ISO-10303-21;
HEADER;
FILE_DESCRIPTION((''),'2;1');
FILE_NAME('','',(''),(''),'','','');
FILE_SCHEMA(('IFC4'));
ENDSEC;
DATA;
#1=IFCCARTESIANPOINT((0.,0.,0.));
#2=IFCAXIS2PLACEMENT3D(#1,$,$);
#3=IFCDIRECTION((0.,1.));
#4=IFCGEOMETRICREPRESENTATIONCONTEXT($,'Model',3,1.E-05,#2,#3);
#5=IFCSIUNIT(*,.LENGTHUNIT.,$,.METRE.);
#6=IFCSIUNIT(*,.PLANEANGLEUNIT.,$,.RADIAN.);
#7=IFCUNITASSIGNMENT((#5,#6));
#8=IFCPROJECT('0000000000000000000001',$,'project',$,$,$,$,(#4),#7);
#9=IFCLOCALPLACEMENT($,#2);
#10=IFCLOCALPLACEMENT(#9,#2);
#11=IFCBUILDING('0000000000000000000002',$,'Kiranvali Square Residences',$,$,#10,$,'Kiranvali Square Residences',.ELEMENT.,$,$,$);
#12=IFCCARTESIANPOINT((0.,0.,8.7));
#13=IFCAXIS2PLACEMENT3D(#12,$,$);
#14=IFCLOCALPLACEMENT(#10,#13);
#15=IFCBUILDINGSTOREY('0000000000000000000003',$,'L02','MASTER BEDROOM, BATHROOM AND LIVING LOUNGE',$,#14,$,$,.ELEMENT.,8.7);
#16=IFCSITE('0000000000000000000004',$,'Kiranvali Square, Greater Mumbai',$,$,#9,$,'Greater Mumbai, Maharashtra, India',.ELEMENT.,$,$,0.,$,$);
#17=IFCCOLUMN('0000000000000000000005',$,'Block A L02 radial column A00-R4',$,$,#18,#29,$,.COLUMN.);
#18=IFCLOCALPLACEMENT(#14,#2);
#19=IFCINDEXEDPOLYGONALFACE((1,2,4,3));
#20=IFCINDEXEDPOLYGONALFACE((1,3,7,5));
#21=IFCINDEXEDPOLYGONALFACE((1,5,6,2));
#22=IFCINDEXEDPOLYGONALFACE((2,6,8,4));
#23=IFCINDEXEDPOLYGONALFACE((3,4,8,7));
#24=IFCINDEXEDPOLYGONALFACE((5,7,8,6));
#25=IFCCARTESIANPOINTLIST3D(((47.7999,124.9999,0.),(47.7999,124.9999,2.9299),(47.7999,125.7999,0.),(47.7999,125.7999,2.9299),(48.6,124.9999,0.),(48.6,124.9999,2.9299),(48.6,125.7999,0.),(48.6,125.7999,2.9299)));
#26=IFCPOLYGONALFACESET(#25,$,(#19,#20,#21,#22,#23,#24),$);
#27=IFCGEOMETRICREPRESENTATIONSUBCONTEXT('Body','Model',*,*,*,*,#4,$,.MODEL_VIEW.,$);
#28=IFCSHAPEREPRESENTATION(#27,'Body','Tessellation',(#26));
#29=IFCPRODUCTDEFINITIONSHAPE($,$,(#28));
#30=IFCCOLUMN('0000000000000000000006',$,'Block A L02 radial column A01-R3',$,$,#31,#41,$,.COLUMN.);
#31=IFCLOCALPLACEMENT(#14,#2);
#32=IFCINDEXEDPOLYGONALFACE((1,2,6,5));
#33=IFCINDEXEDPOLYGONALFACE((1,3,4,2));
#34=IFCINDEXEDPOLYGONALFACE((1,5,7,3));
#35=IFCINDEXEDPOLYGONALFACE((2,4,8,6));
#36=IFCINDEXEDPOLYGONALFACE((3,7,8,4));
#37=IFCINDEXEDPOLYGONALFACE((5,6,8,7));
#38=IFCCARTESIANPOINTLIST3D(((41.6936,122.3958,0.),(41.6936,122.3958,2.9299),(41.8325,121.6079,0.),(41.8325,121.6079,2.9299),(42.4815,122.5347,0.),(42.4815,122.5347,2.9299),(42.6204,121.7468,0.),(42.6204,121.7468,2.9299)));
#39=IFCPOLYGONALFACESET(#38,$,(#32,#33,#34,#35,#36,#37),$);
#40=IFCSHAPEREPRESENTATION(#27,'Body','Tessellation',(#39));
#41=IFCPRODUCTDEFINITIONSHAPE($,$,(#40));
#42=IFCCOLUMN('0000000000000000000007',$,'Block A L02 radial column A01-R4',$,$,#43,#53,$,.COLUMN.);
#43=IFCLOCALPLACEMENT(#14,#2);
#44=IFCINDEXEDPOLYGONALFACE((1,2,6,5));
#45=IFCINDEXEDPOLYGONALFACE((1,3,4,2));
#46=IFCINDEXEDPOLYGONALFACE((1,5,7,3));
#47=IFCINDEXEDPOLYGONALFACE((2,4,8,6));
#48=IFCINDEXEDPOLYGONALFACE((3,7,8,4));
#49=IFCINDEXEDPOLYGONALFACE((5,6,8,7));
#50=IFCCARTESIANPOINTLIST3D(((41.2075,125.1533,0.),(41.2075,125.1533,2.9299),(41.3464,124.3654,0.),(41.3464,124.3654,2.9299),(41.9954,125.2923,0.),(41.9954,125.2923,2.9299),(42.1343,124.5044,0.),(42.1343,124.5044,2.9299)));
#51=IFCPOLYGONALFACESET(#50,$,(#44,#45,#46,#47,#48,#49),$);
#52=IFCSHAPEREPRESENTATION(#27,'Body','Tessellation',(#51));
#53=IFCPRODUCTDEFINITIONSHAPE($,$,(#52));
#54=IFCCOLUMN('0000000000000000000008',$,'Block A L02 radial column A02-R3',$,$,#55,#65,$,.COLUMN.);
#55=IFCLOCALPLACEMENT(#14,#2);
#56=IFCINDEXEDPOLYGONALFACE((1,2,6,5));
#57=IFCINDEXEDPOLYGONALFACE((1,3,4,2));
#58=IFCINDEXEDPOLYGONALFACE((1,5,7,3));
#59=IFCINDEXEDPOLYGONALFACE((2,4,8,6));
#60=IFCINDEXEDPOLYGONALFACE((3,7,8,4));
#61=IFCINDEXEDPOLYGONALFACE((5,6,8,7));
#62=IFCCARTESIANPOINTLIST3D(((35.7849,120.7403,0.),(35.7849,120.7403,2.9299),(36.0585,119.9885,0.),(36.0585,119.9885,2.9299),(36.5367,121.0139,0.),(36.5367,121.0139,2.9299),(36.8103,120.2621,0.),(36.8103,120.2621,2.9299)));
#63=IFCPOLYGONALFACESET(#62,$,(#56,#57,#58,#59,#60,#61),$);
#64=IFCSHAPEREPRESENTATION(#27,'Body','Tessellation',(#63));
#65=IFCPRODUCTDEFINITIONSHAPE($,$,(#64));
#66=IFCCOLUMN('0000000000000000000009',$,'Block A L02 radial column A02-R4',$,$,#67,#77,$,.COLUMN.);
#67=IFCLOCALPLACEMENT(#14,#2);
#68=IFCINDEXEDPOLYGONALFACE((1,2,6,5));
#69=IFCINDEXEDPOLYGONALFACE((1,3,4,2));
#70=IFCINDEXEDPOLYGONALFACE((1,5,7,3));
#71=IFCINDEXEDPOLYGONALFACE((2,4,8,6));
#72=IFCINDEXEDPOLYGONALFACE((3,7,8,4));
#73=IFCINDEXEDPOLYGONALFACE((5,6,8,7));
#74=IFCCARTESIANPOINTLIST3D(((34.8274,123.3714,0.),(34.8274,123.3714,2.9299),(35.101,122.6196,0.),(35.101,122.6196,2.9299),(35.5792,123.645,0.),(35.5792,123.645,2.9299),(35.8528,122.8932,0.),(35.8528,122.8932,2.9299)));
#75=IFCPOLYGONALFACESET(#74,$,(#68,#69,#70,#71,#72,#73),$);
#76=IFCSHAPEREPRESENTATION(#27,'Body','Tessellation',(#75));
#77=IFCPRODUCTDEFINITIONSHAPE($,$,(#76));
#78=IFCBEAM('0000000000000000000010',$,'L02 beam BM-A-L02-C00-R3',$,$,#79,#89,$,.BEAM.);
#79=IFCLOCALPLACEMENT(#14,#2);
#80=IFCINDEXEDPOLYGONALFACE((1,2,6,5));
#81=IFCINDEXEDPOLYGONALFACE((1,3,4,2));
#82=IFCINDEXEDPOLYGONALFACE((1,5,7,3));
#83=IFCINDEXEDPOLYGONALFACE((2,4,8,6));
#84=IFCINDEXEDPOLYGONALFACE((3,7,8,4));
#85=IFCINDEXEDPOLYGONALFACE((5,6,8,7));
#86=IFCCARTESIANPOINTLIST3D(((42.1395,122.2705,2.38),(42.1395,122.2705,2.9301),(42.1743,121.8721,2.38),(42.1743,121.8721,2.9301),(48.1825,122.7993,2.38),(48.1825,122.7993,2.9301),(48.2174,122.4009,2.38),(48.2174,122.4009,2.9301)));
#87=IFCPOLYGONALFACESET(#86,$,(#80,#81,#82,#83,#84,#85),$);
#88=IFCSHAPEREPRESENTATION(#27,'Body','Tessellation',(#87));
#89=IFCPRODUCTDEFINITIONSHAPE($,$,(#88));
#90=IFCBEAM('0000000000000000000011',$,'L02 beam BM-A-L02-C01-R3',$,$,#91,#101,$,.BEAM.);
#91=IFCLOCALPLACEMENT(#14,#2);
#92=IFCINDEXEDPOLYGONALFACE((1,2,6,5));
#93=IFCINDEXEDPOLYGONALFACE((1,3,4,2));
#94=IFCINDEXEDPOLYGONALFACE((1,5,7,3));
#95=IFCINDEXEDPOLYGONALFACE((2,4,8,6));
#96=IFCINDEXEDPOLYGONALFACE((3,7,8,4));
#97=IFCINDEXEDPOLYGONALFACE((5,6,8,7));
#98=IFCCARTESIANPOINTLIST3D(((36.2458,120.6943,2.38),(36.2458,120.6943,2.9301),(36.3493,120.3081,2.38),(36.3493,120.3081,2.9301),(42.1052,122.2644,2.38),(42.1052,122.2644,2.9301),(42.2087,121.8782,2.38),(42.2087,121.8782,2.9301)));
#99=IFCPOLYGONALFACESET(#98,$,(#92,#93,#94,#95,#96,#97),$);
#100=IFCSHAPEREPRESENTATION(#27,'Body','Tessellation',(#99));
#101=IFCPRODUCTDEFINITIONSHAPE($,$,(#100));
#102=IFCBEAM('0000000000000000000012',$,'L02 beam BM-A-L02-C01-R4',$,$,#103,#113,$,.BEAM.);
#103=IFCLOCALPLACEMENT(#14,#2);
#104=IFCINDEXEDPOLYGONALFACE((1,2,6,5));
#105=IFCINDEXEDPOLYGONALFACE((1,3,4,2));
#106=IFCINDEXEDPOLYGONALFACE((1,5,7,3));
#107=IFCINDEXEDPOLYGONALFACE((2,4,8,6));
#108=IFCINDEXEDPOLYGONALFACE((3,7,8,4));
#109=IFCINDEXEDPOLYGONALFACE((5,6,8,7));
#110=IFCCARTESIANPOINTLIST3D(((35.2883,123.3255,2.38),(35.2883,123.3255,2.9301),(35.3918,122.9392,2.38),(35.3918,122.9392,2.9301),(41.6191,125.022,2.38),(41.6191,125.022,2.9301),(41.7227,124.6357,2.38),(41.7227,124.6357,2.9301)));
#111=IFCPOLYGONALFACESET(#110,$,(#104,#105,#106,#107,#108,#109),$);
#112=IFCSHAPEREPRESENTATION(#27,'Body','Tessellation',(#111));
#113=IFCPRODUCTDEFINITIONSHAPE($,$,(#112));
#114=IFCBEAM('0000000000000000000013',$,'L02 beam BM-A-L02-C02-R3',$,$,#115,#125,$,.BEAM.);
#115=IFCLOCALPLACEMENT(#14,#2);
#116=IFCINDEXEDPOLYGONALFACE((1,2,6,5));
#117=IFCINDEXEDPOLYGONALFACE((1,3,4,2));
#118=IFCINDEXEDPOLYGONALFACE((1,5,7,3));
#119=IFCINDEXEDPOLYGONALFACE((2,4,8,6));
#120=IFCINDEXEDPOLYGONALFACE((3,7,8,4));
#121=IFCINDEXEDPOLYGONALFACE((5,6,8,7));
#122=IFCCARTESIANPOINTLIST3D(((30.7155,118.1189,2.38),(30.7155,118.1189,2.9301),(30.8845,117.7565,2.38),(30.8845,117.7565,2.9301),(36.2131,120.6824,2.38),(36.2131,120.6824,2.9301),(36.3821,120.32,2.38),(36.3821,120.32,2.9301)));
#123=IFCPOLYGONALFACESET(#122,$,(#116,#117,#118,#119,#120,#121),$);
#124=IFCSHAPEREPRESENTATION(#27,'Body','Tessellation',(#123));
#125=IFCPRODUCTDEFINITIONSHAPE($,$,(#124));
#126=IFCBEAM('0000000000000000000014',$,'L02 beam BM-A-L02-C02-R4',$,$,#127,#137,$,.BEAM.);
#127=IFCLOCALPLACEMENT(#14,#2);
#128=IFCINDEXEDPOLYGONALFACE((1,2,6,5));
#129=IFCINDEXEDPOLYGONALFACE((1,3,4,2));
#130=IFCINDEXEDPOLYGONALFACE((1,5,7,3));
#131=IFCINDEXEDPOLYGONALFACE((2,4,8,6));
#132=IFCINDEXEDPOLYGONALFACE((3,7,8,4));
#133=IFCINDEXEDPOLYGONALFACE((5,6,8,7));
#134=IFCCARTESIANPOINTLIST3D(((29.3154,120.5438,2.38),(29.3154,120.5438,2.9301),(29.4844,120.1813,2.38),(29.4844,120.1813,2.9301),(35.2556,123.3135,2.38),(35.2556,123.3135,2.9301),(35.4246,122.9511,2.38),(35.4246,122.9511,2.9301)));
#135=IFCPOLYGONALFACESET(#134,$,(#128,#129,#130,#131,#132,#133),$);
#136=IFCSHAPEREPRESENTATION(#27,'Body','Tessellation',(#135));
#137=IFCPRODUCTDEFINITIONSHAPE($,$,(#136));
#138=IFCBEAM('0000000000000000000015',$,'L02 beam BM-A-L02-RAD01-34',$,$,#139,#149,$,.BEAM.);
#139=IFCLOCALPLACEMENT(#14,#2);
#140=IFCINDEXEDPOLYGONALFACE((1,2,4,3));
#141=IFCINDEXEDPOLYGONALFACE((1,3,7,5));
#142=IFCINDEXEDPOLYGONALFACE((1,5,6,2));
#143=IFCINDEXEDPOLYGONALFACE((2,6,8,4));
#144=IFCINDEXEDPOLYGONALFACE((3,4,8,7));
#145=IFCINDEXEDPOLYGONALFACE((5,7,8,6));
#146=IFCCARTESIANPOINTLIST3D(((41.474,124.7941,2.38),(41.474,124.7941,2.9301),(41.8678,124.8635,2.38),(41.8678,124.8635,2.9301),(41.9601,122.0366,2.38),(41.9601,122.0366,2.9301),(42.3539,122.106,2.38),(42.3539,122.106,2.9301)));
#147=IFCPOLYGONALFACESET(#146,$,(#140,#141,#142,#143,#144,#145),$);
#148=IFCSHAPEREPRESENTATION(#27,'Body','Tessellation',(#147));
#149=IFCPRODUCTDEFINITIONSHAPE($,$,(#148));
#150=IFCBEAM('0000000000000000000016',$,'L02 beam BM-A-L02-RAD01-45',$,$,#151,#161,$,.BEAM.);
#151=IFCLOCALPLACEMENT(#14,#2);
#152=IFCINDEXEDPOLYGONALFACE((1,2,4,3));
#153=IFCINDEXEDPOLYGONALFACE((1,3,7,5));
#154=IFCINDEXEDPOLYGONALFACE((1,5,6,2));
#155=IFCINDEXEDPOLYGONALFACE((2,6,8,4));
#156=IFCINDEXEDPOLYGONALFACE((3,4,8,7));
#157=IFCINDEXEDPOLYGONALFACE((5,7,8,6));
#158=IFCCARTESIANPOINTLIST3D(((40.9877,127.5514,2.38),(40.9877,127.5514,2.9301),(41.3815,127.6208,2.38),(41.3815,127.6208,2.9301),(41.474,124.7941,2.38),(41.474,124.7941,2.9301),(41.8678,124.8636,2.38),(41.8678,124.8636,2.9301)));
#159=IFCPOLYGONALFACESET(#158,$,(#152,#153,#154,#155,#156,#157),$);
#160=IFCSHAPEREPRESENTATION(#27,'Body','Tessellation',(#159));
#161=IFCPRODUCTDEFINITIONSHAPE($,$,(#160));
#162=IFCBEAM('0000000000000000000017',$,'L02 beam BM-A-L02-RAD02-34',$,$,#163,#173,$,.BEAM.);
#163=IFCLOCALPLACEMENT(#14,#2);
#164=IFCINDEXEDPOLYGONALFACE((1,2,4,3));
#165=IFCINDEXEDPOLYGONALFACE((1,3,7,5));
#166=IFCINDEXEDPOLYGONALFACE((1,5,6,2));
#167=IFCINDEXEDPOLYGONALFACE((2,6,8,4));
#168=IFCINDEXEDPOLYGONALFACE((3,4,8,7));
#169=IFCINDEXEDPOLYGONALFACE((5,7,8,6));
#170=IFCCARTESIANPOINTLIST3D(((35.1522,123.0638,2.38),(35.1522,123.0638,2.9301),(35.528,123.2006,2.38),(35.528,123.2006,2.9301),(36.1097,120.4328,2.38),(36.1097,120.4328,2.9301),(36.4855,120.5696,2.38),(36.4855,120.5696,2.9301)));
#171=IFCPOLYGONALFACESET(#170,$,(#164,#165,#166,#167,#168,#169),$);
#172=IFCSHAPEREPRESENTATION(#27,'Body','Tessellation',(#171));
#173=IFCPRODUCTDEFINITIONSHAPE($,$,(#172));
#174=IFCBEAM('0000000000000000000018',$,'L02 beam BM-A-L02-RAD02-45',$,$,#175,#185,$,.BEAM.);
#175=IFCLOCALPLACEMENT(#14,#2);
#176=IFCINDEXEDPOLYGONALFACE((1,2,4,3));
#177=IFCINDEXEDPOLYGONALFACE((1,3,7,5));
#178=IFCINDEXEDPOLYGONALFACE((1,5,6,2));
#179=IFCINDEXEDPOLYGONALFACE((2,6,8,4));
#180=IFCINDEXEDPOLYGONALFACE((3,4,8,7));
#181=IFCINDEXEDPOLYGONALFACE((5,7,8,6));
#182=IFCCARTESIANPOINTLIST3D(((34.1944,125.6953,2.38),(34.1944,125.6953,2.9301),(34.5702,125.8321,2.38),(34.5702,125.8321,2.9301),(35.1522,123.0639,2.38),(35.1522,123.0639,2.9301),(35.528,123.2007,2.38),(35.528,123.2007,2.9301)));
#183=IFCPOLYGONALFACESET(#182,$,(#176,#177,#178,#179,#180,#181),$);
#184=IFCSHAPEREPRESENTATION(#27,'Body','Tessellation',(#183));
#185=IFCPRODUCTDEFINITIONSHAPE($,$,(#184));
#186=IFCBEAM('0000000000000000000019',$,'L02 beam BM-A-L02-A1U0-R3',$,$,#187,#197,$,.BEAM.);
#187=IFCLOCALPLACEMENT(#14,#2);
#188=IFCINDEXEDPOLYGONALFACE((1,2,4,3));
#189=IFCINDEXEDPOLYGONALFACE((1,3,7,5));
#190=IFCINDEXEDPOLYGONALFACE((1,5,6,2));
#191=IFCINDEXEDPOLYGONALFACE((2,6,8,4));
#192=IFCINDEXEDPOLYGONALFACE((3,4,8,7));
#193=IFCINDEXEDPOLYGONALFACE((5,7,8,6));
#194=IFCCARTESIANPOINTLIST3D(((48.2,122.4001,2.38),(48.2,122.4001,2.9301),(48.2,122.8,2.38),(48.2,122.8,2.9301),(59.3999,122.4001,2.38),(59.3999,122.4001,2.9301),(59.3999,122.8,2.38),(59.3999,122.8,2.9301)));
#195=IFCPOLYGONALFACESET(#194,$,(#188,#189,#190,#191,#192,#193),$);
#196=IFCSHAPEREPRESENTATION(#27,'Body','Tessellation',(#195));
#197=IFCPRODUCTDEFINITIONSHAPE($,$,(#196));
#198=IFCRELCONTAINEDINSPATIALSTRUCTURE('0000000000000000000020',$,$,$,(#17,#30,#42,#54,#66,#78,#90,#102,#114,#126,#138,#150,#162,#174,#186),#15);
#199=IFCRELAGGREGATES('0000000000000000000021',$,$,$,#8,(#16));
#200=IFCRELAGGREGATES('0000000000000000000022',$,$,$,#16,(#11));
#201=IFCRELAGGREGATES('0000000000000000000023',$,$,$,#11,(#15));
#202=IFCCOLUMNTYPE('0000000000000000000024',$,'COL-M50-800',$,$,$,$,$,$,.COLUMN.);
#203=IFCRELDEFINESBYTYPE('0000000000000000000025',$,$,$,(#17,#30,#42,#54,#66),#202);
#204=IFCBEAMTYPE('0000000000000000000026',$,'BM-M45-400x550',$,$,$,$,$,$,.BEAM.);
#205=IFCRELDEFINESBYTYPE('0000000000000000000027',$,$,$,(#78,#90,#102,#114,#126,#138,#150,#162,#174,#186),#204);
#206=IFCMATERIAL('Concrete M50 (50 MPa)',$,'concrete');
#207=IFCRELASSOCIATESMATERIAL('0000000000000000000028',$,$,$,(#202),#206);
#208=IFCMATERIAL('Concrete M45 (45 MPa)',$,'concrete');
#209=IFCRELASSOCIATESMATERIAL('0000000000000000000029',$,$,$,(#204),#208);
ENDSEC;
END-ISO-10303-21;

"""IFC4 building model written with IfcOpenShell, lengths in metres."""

from ifc_helpers import new_model, si_unit, direction, frame, origin, origin_2d, place, context, subcontext, project, spatial, rectangle, extrude, material, material_profile, profile_set, type_object, element, save


model = new_model("IFC4")

# Units and contexts
model_context = context("Model", 3, precision=1e-05, world=origin(), true_north=direction((0.0, 1.0)))
body_context = subcontext(model_context, "Body", "Model", "MODEL_VIEW")
ifc_project = project(units=[si_unit("LENGTHUNIT", "METRE"), si_unit("PLANEANGLEUNIT", "RADIAN")], contexts=[model_context])

# Site, building, storey
site_placement = place(None, origin())
site = spatial("IfcSite", under=ifc_project, at=site_placement, Name="Kiranvali Square, Greater Mumbai", LongName="Greater Mumbai, Maharashtra, India", CompositionType="ELEMENT", RefElevation=0.0)
building_placement = place(site_placement, origin())
building = spatial("IfcBuilding", under=site, at=building_placement, Name="Kiranvali Square Residences", LongName="Kiranvali Square Residences", CompositionType="ELEMENT")
storey_placement = place(building_placement, frame((0.0, 0.0, 8.7)))
storey = spatial("IfcBuildingStorey", under=building, at=storey_placement, Name="L02", Description="MASTER BEDROOM, BATHROOM AND LIVING LOUNGE", CompositionType="ELEMENT", Elevation=8.7)

# Columns
ifc_material_1 = material(Name="Concrete M50 (50 MPa)", Category="concrete")
ifc_material_profile_1 = material_profile(ifc_material_1, rectangle(XDim=0.8, YDim=0.8, at=origin_2d()), Name="RC 800x800")
ifc_profile_set_1 = profile_set([ifc_material_profile_1], Name="Concrete M50 (50 MPa)")
column_type = type_object("IfcColumnType", Name="COL-M50-800", PredefinedType="COLUMN", material=ifc_profile_set_1)
for number, where, z_axis, x_axis, name in (
    (1, (48.2, 125.3999, 0.0), (0.0, 0.0, 1.0), (1.0, 0.0, 0.0), "Block A L02 radial column A00-R4"),
    (2, (42.157, 122.0713, 0.0), (0.0, 0.0, 1.0), (0.984808, 0.173648, 0.0), "Block A L02 radial column A01-R3"),
    (3, (41.6709, 124.8289, 0.0), (0.0, 0.0, 1.0), (0.984808, 0.173648, 0.0), "Block A L02 radial column A01-R4"),
    (4, (36.2976, 120.5012, 0.0), (0.0, 0.0, 1.0), (0.939693, 0.34202, 0.0), "Block A L02 radial column A02-R3"),
    (5, (35.3401, 123.1323, 0.0), (0.0, 0.0, 1.0), (0.939693, 0.34202, 0.0), "Block A L02 radial column A02-R4"),
):
    element("IfcColumn", number, at=place(storey_placement, frame(where, z_axis=z_axis, x_axis=x_axis)), inside=storey, type_object=column_type, Name=name, PredefinedType="COLUMN", context=body_context, shape_type="SweptSolid", body=[
        extrude(rectangle(XDim=0.8, YDim=0.8, at=origin_2d()), origin(), (0.0, 0.0, 1.0), 2.9299),
    ])

# Beams
ifc_material_2 = material(Name="Concrete M45 (45 MPa)", Category="concrete")
ifc_material_profile_2 = material_profile(ifc_material_2, rectangle(XDim=0.3999, YDim=0.55, at=origin_2d()), Name="RC 400x550")
ifc_profile_set_2 = profile_set([ifc_material_profile_2], Name="Concrete M45 (45 MPa)")
beam_type = type_object("IfcBeamType", Name="BM-M45-400x550", PredefinedType="BEAM", material=ifc_profile_set_2)
for number, where, z_axis, x_axis, name in (
    (6, (48.2, 122.6001, 2.655), (-0.996193, -0.087175, 0.0), (0.087175, -0.996193, 0.0), "L02 beam BM-A-L02-C00-R3"),
    (7, (42.157, 122.0713, 2.655), (-0.965924, -0.258827, 0.0), (0.258827, -0.965924, 0.0), "L02 beam BM-A-L02-C01-R3"),
):
    element("IfcBeam", number, at=place(storey_placement, frame(where, z_axis=z_axis, x_axis=x_axis)), inside=storey, type_object=beam_type, Name=name, PredefinedType="BEAM", context=body_context, shape_type="SweptSolid", body=[
        extrude(rectangle(XDim=0.3999, YDim=0.55, at=origin_2d()), origin(), (0.0, 0.0, 1.0), 6.0662),
    ])
beam_1_placement = place(storey_placement, frame((41.6709, 124.8289, 2.655), z_axis=(-0.965918, -0.258847, 0.0), x_axis=(0.258847, -0.965918, 0.0)))
element("IfcBeam", 8, at=beam_1_placement, inside=storey, type_object=beam_type, Name="L02 beam BM-A-L02-C01-R4", PredefinedType="BEAM", context=body_context, shape_type="SweptSolid", body=[
    extrude(rectangle(XDim=0.3999, YDim=0.55, at=origin_2d()), origin(), (0.0, 0.0, 1.0), 6.5542),
])
beam_2_placement = place(storey_placement, frame((36.2976, 120.5012, 2.655), z_axis=(-0.906313, -0.422608, 0.0), x_axis=(0.422608, -0.906313, 0.0)))
element("IfcBeam", 9, at=beam_2_placement, inside=storey, type_object=beam_type, Name="L02 beam BM-A-L02-C02-R3", PredefinedType="BEAM", context=body_context, shape_type="SweptSolid", body=[
    extrude(rectangle(XDim=0.3999, YDim=0.55, at=origin_2d()), origin(), (0.0, 0.0, 1.0), 6.0659),
])
beam_3_placement = place(storey_placement, frame((35.3401, 123.1323, 2.655), z_axis=(-0.906318, -0.422596, 0.0), x_axis=(0.422596, -0.906318, 0.0)))
element("IfcBeam", 10, at=beam_3_placement, inside=storey, type_object=beam_type, Name="L02 beam BM-A-L02-C02-R4", PredefinedType="BEAM", context=body_context, shape_type="SweptSolid", body=[
    extrude(rectangle(XDim=0.3999, YDim=0.55, at=origin_2d()), origin(), (0.0, 0.0, 1.0), 6.5542),
])
beam_4_placement = place(storey_placement, frame((42.157, 122.0713, 2.655), z_axis=(-0.173596, 0.984817, 0.0), x_axis=(-0.984817, -0.173596, 0.0)))
element("IfcBeam", 11, at=beam_4_placement, inside=storey, type_object=beam_type, Name="L02 beam BM-A-L02-RAD01-34", PredefinedType="BEAM", context=body_context, shape_type="SweptSolid", body=[
    extrude(rectangle(XDim=0.3999, YDim=0.55, at=origin_2d()), origin(), (0.0, 0.0, 1.0), 2.8),
])
for number, where, z_axis, x_axis, name in (
    (12, (41.6709, 124.8289, 2.655), (-0.173696, 0.984799, 0.0), (-0.984799, -0.173696, 0.0), "L02 beam BM-A-L02-RAD01-45"),
    (13, (36.2976, 120.5012, 2.655), (-0.341981, 0.939707, 0.0), (-0.939707, -0.341981, 0.0), "L02 beam BM-A-L02-RAD02-34"),
):
    element("IfcBeam", number, at=place(storey_placement, frame(where, z_axis=z_axis, x_axis=x_axis)), inside=storey, type_object=beam_type, Name=name, PredefinedType="BEAM", context=body_context, shape_type="SweptSolid", body=[
        extrude(rectangle(XDim=0.3999, YDim=0.55, at=origin_2d()), origin(), (0.0, 0.0, 1.0), 2.7998),
    ])
beam_5_placement = place(storey_placement, frame((35.3401, 123.1323, 2.655), z_axis=(-0.34203, 0.939689, 0.0), x_axis=(-0.939689, -0.34203, 0.0)))
element("IfcBeam", 14, at=beam_5_placement, inside=storey, type_object=beam_type, Name="L02 beam BM-A-L02-RAD02-45", PredefinedType="BEAM", context=body_context, shape_type="SweptSolid", body=[
    extrude(rectangle(XDim=0.3999, YDim=0.55, at=origin_2d()), origin(), (0.0, 0.0, 1.0), 2.8003),
])
beam_6_placement = place(storey_placement, frame((48.2, 122.6001, 2.655), z_axis=(1.0, 0.0, 0.0), x_axis=(0.0, 1.0, 0.0)))
element("IfcBeam", 15, at=beam_6_placement, inside=storey, type_object=beam_type, Name="L02 beam BM-A-L02-A1U0-R3", PredefinedType="BEAM", context=body_context, shape_type="SweptSolid", body=[
    extrude(rectangle(XDim=0.3999, YDim=0.55, at=origin_2d()), origin(), (0.0, 0.0, 1.0), 11.2),
])

save(model, "model.ifc")
